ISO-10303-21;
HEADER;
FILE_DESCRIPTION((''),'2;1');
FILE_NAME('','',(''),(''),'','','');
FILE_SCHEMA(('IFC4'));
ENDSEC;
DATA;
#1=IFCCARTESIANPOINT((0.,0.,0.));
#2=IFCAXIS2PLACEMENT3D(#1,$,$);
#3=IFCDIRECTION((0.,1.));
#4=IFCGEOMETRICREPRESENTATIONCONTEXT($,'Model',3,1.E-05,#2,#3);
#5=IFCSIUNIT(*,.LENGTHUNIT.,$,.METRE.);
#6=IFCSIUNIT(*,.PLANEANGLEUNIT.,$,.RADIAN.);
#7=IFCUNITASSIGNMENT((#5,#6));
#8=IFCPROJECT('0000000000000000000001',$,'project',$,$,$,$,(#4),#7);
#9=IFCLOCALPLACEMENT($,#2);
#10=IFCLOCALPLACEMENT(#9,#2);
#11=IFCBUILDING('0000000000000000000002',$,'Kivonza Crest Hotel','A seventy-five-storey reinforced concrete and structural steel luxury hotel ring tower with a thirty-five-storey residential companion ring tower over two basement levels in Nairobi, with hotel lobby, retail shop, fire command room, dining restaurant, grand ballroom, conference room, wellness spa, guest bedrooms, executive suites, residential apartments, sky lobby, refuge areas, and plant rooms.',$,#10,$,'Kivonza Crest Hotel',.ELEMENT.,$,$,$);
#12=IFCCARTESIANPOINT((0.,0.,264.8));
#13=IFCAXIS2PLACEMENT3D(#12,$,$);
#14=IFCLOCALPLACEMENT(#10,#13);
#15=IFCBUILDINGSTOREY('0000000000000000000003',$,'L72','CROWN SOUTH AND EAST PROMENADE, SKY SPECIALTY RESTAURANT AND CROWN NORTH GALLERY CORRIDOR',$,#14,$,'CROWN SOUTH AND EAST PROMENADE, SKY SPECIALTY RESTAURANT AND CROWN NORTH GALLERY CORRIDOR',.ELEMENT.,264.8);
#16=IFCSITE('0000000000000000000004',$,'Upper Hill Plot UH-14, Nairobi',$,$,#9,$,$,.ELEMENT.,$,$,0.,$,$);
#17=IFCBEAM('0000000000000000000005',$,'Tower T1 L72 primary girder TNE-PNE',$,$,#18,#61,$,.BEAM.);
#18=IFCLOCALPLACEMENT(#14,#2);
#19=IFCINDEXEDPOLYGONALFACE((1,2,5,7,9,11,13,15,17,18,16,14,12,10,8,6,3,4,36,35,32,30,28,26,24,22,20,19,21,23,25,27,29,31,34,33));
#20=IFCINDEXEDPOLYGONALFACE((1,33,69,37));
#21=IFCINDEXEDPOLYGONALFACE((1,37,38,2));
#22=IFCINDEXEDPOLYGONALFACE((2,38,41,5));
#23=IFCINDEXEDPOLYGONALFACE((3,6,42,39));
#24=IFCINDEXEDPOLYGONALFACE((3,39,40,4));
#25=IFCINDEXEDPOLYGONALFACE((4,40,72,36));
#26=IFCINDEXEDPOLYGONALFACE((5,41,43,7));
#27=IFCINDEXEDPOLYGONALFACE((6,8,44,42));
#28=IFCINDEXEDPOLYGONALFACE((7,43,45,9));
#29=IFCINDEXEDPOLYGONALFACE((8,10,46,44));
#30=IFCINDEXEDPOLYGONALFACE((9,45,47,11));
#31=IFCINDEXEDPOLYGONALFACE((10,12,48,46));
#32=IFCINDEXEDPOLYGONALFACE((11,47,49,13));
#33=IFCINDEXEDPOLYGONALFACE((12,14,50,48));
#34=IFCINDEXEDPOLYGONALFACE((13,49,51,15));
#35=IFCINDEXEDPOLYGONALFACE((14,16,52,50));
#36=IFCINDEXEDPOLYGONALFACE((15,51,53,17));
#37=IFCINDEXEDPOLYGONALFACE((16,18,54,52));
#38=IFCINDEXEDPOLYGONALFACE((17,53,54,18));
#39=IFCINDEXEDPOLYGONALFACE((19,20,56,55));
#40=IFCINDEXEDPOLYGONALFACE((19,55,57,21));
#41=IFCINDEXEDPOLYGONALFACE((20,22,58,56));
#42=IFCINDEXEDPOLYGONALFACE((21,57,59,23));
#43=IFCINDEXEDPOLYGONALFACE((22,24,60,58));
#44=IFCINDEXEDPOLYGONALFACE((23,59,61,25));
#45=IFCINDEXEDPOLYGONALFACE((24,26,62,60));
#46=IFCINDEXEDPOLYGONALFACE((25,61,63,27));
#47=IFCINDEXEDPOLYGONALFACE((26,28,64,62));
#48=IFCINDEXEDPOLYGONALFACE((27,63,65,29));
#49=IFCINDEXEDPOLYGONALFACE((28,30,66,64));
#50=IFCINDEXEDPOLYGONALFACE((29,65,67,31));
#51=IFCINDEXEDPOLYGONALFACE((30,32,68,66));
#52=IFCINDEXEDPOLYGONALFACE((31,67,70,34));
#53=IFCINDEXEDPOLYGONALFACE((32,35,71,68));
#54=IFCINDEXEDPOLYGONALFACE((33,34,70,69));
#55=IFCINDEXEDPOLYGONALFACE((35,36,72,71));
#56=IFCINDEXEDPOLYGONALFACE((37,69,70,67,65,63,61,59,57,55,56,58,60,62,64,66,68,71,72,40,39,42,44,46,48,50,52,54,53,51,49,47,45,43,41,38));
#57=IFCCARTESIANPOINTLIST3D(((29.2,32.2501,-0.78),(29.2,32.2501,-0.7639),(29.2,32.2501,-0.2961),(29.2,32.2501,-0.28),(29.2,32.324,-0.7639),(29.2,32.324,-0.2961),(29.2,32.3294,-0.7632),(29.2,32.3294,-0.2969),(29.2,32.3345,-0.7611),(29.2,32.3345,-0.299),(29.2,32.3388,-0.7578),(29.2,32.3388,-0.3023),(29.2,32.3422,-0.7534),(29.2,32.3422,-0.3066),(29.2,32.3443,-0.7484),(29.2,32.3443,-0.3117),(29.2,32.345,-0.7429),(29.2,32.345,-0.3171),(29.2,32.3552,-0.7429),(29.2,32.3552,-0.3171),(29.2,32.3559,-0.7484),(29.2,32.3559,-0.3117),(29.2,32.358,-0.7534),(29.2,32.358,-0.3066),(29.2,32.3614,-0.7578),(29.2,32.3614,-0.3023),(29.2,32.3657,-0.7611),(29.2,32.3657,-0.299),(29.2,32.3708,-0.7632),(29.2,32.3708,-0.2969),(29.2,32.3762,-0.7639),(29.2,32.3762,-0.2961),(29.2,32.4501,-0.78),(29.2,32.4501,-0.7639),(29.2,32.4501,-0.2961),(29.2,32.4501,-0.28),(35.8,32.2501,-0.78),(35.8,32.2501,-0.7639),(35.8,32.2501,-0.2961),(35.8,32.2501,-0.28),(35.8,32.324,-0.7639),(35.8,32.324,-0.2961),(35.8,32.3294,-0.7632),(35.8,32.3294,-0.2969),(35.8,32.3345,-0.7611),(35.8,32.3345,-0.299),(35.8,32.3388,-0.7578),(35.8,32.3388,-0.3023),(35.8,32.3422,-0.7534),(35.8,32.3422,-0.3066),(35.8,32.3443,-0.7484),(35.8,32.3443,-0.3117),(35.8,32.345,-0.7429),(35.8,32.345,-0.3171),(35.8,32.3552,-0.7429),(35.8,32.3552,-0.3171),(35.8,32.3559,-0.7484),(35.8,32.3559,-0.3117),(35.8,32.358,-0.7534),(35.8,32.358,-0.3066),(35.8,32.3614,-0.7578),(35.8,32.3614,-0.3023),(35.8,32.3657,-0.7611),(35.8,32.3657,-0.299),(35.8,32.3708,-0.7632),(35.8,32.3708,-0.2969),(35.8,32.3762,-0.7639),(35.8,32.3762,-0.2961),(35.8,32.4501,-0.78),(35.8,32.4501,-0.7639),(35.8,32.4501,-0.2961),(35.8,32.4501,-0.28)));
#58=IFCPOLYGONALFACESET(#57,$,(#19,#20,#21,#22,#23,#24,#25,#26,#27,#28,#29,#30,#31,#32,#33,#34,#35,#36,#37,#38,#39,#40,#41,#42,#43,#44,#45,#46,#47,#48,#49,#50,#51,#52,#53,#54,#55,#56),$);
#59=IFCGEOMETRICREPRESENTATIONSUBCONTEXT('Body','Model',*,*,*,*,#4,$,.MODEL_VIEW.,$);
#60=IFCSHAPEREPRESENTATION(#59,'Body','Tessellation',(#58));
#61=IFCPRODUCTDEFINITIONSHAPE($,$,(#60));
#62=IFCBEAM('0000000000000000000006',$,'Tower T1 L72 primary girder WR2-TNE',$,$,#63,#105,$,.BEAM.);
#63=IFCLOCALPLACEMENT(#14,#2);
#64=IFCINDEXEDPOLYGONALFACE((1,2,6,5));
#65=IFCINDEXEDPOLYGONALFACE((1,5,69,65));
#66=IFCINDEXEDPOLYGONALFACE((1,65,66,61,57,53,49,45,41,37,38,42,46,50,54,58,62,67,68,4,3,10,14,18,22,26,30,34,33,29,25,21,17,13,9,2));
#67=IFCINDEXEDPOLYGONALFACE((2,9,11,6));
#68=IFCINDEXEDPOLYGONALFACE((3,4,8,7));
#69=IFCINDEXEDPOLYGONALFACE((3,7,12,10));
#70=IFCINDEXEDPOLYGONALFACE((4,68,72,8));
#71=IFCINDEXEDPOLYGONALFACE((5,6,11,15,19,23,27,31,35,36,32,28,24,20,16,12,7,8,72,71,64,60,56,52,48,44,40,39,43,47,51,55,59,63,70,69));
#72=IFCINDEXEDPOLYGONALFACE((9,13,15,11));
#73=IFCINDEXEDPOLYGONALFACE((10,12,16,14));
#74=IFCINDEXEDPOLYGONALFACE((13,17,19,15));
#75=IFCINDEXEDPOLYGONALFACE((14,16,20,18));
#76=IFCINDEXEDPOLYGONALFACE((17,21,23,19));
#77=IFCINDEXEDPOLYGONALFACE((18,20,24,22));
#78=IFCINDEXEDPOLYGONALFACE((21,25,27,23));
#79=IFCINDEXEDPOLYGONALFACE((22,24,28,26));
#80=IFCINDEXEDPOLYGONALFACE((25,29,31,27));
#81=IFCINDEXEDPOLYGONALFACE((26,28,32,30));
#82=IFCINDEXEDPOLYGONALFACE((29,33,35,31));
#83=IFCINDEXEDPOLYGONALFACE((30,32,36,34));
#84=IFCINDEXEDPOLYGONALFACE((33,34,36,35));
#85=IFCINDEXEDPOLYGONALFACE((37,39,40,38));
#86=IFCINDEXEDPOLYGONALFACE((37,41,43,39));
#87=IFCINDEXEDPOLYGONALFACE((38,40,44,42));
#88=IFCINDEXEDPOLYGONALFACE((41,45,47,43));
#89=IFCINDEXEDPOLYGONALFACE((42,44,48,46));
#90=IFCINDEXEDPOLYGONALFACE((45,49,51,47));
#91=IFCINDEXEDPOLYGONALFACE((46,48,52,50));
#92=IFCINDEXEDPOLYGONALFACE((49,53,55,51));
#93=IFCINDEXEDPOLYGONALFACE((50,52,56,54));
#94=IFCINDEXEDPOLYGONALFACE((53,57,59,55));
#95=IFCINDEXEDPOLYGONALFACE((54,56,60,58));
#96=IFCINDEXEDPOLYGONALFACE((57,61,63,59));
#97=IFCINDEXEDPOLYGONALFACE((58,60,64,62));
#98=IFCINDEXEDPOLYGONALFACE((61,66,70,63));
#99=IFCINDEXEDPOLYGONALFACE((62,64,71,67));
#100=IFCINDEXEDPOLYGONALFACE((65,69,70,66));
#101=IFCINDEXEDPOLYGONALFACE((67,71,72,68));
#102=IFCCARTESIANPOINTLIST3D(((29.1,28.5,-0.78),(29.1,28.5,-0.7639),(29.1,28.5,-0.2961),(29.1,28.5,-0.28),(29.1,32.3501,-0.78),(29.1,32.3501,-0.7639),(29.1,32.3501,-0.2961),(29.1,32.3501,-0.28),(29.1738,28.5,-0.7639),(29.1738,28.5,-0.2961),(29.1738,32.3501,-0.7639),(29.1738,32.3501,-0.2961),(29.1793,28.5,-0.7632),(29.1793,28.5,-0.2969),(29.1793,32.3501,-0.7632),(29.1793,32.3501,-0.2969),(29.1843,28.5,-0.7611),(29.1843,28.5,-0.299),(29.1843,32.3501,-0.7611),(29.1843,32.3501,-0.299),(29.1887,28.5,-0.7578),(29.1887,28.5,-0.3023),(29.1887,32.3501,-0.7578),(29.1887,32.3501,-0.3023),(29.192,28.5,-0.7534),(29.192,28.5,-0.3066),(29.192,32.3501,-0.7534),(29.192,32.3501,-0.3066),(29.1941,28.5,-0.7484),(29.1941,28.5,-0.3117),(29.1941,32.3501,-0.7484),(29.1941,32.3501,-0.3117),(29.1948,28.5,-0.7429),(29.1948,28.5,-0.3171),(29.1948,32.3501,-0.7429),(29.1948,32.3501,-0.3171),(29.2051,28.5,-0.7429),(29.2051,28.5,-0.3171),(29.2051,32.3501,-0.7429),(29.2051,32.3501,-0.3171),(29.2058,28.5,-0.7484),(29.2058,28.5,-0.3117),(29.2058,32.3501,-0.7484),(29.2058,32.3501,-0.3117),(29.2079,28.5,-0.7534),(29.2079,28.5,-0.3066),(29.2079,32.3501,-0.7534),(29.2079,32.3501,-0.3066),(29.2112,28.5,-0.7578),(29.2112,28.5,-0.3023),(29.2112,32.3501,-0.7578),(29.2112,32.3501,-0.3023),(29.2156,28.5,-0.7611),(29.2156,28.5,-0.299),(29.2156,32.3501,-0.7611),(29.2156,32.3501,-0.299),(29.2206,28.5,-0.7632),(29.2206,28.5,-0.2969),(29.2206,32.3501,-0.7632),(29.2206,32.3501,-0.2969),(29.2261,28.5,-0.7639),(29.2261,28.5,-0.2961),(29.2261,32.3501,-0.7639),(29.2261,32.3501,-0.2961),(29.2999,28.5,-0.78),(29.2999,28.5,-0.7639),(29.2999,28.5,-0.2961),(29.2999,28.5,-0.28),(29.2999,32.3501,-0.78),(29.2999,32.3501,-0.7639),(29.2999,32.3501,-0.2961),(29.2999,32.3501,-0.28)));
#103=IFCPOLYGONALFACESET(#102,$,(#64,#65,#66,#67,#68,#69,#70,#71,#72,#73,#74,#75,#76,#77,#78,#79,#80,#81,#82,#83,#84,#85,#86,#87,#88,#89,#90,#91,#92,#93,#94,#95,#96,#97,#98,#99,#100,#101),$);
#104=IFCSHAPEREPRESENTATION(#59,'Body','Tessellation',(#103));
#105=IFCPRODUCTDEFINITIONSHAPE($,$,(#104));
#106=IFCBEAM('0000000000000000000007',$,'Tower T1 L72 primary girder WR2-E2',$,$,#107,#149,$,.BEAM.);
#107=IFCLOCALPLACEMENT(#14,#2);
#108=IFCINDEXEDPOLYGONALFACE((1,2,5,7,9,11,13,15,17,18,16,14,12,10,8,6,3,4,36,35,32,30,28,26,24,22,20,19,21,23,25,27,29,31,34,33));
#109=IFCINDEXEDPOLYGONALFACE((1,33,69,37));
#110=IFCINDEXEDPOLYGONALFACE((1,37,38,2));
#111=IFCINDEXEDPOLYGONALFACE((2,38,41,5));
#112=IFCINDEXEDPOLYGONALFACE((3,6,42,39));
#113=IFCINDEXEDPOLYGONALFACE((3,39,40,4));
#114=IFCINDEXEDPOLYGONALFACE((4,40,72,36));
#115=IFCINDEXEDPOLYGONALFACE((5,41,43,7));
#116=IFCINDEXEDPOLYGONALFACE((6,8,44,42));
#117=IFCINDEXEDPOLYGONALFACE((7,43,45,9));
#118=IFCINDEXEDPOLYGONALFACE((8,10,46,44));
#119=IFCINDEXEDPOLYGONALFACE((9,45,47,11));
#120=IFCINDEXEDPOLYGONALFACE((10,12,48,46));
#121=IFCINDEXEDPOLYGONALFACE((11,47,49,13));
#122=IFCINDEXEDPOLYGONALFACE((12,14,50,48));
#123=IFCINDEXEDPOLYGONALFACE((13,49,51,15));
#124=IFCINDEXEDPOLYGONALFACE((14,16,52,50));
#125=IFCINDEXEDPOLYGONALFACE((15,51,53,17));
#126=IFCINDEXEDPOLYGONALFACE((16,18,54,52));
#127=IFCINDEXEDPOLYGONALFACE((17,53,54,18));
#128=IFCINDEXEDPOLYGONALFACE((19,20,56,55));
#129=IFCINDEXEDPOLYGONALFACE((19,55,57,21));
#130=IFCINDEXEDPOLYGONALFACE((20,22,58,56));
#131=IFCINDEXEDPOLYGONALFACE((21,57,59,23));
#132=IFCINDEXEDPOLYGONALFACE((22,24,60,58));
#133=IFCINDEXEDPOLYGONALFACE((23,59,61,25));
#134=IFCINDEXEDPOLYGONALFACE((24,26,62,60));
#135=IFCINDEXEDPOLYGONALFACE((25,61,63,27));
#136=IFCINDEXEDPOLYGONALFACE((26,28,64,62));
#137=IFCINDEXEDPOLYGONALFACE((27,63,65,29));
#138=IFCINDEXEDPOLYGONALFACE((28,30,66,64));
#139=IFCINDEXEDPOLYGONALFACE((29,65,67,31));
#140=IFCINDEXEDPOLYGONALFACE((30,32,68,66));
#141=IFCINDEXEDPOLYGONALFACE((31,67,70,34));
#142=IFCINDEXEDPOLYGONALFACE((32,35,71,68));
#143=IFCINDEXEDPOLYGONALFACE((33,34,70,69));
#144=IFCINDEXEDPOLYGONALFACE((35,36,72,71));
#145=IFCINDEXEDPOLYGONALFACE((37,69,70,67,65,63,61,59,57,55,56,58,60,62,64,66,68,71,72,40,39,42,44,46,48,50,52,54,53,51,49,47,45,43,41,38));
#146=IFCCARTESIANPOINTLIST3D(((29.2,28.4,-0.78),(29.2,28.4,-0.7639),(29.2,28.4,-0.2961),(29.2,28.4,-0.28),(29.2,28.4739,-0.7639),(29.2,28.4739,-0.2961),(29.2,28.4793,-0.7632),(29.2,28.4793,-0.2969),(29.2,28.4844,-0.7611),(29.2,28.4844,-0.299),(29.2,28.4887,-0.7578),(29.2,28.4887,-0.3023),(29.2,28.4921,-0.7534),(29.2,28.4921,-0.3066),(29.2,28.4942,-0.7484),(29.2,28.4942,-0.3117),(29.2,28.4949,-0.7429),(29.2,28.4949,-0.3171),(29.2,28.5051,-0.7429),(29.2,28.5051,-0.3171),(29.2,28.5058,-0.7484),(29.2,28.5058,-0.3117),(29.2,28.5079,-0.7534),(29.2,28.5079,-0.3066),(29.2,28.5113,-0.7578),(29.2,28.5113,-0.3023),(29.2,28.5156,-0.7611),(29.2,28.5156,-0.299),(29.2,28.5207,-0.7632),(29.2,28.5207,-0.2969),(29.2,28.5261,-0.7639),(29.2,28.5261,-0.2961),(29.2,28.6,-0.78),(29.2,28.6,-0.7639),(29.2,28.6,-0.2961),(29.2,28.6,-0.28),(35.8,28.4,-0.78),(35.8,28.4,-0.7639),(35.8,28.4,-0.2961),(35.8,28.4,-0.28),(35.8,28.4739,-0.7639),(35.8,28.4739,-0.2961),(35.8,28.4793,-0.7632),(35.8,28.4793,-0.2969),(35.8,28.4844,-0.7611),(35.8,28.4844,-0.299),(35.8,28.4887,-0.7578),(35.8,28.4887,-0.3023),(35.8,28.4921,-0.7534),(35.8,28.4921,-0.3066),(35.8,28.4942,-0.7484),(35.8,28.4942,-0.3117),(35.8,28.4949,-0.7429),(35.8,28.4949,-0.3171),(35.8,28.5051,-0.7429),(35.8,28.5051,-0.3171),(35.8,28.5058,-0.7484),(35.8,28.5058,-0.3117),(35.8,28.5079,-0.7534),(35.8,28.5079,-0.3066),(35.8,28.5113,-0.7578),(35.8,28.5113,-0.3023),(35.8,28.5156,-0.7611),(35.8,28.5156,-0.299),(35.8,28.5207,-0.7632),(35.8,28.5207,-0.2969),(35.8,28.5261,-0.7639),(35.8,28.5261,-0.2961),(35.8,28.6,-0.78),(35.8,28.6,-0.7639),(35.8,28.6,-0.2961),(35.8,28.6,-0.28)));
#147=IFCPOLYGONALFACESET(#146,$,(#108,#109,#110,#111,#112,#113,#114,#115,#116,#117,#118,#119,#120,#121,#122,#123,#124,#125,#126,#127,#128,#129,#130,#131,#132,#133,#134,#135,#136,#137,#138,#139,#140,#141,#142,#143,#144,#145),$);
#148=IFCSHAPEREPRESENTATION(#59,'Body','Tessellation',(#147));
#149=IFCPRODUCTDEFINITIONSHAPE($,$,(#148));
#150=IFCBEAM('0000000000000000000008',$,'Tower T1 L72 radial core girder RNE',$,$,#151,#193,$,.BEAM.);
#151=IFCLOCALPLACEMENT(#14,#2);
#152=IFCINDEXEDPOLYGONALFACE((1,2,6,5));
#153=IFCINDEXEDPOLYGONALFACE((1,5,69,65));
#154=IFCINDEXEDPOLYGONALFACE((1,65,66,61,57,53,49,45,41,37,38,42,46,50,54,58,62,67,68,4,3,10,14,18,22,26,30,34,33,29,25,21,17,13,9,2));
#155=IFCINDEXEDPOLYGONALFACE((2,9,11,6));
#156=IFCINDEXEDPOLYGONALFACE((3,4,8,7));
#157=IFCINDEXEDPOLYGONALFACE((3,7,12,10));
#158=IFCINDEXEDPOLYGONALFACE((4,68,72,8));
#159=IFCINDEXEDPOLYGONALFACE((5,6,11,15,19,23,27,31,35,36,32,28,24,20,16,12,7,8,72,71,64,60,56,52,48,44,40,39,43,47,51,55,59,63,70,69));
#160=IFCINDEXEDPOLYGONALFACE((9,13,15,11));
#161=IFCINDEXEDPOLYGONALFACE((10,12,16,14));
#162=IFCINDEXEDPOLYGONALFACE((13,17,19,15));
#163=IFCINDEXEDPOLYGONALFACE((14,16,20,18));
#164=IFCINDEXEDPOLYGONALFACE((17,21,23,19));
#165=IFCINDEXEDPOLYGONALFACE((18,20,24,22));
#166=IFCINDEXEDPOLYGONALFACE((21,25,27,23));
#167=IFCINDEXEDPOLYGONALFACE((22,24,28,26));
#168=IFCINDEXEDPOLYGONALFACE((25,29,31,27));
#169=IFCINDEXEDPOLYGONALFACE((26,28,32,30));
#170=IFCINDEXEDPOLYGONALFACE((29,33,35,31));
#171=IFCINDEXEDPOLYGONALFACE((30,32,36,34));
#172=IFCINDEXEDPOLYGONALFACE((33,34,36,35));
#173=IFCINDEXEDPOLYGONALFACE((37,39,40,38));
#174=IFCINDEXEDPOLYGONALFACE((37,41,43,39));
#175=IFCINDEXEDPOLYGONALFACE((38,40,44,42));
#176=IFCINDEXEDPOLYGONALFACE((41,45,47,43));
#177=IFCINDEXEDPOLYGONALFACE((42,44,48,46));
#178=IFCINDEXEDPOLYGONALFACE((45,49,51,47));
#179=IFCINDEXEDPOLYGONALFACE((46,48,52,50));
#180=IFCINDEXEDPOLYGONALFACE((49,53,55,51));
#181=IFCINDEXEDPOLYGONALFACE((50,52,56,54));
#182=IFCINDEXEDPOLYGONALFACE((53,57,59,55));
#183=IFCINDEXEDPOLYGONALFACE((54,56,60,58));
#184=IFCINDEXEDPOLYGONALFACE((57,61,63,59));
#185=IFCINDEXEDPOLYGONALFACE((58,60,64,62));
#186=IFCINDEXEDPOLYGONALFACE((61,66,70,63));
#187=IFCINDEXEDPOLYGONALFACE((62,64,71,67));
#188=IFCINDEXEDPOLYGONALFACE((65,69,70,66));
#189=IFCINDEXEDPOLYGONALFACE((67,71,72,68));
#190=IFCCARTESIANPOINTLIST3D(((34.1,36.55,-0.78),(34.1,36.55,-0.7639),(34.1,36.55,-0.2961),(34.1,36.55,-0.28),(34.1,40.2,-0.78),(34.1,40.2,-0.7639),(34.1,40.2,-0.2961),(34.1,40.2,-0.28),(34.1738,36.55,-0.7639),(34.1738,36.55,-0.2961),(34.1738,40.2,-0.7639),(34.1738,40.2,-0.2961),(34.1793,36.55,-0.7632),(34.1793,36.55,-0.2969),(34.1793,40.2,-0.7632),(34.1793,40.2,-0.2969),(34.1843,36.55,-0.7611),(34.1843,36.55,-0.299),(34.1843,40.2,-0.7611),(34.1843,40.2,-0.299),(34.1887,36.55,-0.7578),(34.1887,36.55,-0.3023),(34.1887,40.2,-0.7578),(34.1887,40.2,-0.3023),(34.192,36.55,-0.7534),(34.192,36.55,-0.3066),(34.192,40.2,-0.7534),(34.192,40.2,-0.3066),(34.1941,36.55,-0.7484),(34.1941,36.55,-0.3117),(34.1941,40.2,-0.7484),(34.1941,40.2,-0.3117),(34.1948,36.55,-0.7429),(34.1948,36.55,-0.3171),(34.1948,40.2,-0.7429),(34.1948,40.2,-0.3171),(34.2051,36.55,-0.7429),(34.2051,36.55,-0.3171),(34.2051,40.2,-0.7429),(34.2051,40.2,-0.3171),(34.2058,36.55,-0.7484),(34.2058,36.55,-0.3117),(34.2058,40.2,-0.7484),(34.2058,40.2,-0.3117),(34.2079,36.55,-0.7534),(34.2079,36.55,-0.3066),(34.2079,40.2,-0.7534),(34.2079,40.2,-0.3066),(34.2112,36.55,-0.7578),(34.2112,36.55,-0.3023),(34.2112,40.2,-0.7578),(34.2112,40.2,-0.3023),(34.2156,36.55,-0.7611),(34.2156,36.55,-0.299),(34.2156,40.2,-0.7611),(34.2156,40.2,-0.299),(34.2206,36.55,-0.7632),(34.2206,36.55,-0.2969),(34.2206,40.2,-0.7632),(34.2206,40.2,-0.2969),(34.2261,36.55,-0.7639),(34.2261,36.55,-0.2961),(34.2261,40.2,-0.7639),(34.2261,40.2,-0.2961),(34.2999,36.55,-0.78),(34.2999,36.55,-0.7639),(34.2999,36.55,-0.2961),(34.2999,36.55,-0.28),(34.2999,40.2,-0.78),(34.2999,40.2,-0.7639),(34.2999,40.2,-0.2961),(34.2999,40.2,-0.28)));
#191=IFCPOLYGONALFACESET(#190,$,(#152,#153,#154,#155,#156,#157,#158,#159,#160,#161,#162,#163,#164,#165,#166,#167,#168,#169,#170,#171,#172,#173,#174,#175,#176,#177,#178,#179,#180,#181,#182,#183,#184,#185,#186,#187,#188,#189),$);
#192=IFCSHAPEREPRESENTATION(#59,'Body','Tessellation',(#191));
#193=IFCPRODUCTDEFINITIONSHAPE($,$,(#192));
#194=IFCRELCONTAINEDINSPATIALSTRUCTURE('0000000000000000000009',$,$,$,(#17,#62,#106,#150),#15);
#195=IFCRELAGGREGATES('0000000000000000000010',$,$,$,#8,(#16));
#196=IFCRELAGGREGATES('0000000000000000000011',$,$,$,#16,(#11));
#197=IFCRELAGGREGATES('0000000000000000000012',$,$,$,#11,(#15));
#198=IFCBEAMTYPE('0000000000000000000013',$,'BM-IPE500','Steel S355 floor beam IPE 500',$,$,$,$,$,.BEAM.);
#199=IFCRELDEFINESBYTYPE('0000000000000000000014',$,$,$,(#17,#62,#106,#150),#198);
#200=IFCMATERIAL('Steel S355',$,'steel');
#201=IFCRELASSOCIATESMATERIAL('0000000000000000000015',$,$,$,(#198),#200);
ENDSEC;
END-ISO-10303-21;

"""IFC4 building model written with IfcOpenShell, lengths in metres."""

from ifc_helpers import new_model, si_unit, direction, frame, origin, origin_2d, place, context, subcontext, project, spatial, i_section, extrude, material, material_profile, profile_set, type_object, element, save


model = new_model("IFC4")

# Units and contexts
model_context = context("Model", 3, precision=1e-05, world=origin(), true_north=direction((0.0, 1.0)))
body_context = subcontext(model_context, "Body", "Model", "MODEL_VIEW")
ifc_project = project(units=[si_unit("LENGTHUNIT", "METRE"), si_unit("PLANEANGLEUNIT", "RADIAN")], contexts=[model_context])

# Site, building, storey
site_placement = place(None, origin())
site = spatial("IfcSite", under=ifc_project, at=site_placement, Name="Upper Hill Plot UH-14, Nairobi", CompositionType="ELEMENT", RefElevation=0.0)
building_placement = place(site_placement, origin())
building = spatial("IfcBuilding", under=site, at=building_placement, Name="Kivonza Crest Hotel", Description="A seventy-five-storey reinforced concrete and structural steel luxury hotel ring tower with a thirty-five-storey residential companion ring tower over two basement levels in Nairobi, with hotel lobby, retail shop, fire command room, dining restaurant, grand ballroom, conference room, wellness spa, guest bedrooms, executive suites, residential apartments, sky lobby, refuge areas, and plant rooms.", LongName="Kivonza Crest Hotel", CompositionType="ELEMENT")
storey_placement = place(building_placement, frame((0.0, 0.0, 264.8)))
storey = spatial("IfcBuildingStorey", under=building, at=storey_placement, Name="L72", Description="CROWN SOUTH AND EAST PROMENADE, SKY SPECIALTY RESTAURANT AND CROWN NORTH GALLERY CORRIDOR", LongName="CROWN SOUTH AND EAST PROMENADE, SKY SPECIALTY RESTAURANT AND CROWN NORTH GALLERY CORRIDOR", CompositionType="ELEMENT", Elevation=264.8)

# Beams
ifc_material_1 = material(Name="Steel S355", Category="steel")
ifc_material_profile_1 = material_profile(ifc_material_1, i_section(OverallWidth=0.2, OverallDepth=0.5, WebThickness=0.0103, FlangeThickness=0.0161, FilletRadius=0.021, at=origin_2d()), Name="IPE 500")
ifc_profile_set_1 = profile_set([ifc_material_profile_1], Name="Steel S355")
beam_type_1 = type_object("IfcBeamType", Name="BM-IPE500", Description="Steel S355 floor beam IPE 500", PredefinedType="BEAM", material=ifc_profile_set_1)
beam_1_placement = place(storey_placement, frame((29.2, 32.3501, -0.53), z_axis=(1.0, 0.0, 0.0), x_axis=(0.0, 1.0, 0.0)))
element("IfcBeam", 1, at=beam_1_placement, inside=storey, type_object=beam_type_1, Name="Tower T1 L72 primary girder TNE-PNE", PredefinedType="BEAM", context=body_context, shape_type="SweptSolid", body=[
    extrude(i_section(OverallWidth=0.2, OverallDepth=0.5, WebThickness=0.0103, FlangeThickness=0.0161, FilletRadius=0.021, at=origin_2d()), origin(), (0.0, 0.0, 1.0), 6.6001),
])
beam_2_placement = place(storey_placement, frame((29.2, 28.5, -0.53), z_axis=(0.0, 1.0, 0.0), x_axis=(-1.0, 0.0, 0.0)))
element("IfcBeam", 2, at=beam_2_placement, inside=storey, type_object=beam_type_1, Name="Tower T1 L72 primary girder WR2-TNE", PredefinedType="BEAM", context=body_context, shape_type="SweptSolid", body=[
    extrude(i_section(OverallWidth=0.2, OverallDepth=0.5, WebThickness=0.0103, FlangeThickness=0.0161, FilletRadius=0.021, at=origin_2d()), origin(), (0.0, 0.0, 1.0), 3.8501),
])
beam_3_placement = place(storey_placement, frame((29.2, 28.5, -0.53), z_axis=(1.0, 0.0, 0.0), x_axis=(0.0, 1.0, 0.0)))
element("IfcBeam", 3, at=beam_3_placement, inside=storey, type_object=beam_type_1, Name="Tower T1 L72 primary girder WR2-E2", PredefinedType="BEAM", context=body_context, shape_type="SweptSolid", body=[
    extrude(i_section(OverallWidth=0.2, OverallDepth=0.5, WebThickness=0.0103, FlangeThickness=0.0161, FilletRadius=0.021, at=origin_2d()), origin(), (0.0, 0.0, 1.0), 6.6001),
])
beam_4_placement = place(storey_placement, frame((34.2, 40.2, -0.53), z_axis=(0.0, -1.0, 0.0), x_axis=(1.0, 0.0, 0.0)))
element("IfcBeam", 4, at=beam_4_placement, inside=storey, type_object=beam_type_1, Name="Tower T1 L72 radial core girder RNE", PredefinedType="BEAM", context=body_context, shape_type="SweptSolid", body=[
    extrude(i_section(OverallWidth=0.2, OverallDepth=0.5, WebThickness=0.0103, FlangeThickness=0.0161, FilletRadius=0.021, at=origin_2d()), origin(), (0.0, 0.0, 1.0), 3.6499),
])

save(model, "model.ifc")
